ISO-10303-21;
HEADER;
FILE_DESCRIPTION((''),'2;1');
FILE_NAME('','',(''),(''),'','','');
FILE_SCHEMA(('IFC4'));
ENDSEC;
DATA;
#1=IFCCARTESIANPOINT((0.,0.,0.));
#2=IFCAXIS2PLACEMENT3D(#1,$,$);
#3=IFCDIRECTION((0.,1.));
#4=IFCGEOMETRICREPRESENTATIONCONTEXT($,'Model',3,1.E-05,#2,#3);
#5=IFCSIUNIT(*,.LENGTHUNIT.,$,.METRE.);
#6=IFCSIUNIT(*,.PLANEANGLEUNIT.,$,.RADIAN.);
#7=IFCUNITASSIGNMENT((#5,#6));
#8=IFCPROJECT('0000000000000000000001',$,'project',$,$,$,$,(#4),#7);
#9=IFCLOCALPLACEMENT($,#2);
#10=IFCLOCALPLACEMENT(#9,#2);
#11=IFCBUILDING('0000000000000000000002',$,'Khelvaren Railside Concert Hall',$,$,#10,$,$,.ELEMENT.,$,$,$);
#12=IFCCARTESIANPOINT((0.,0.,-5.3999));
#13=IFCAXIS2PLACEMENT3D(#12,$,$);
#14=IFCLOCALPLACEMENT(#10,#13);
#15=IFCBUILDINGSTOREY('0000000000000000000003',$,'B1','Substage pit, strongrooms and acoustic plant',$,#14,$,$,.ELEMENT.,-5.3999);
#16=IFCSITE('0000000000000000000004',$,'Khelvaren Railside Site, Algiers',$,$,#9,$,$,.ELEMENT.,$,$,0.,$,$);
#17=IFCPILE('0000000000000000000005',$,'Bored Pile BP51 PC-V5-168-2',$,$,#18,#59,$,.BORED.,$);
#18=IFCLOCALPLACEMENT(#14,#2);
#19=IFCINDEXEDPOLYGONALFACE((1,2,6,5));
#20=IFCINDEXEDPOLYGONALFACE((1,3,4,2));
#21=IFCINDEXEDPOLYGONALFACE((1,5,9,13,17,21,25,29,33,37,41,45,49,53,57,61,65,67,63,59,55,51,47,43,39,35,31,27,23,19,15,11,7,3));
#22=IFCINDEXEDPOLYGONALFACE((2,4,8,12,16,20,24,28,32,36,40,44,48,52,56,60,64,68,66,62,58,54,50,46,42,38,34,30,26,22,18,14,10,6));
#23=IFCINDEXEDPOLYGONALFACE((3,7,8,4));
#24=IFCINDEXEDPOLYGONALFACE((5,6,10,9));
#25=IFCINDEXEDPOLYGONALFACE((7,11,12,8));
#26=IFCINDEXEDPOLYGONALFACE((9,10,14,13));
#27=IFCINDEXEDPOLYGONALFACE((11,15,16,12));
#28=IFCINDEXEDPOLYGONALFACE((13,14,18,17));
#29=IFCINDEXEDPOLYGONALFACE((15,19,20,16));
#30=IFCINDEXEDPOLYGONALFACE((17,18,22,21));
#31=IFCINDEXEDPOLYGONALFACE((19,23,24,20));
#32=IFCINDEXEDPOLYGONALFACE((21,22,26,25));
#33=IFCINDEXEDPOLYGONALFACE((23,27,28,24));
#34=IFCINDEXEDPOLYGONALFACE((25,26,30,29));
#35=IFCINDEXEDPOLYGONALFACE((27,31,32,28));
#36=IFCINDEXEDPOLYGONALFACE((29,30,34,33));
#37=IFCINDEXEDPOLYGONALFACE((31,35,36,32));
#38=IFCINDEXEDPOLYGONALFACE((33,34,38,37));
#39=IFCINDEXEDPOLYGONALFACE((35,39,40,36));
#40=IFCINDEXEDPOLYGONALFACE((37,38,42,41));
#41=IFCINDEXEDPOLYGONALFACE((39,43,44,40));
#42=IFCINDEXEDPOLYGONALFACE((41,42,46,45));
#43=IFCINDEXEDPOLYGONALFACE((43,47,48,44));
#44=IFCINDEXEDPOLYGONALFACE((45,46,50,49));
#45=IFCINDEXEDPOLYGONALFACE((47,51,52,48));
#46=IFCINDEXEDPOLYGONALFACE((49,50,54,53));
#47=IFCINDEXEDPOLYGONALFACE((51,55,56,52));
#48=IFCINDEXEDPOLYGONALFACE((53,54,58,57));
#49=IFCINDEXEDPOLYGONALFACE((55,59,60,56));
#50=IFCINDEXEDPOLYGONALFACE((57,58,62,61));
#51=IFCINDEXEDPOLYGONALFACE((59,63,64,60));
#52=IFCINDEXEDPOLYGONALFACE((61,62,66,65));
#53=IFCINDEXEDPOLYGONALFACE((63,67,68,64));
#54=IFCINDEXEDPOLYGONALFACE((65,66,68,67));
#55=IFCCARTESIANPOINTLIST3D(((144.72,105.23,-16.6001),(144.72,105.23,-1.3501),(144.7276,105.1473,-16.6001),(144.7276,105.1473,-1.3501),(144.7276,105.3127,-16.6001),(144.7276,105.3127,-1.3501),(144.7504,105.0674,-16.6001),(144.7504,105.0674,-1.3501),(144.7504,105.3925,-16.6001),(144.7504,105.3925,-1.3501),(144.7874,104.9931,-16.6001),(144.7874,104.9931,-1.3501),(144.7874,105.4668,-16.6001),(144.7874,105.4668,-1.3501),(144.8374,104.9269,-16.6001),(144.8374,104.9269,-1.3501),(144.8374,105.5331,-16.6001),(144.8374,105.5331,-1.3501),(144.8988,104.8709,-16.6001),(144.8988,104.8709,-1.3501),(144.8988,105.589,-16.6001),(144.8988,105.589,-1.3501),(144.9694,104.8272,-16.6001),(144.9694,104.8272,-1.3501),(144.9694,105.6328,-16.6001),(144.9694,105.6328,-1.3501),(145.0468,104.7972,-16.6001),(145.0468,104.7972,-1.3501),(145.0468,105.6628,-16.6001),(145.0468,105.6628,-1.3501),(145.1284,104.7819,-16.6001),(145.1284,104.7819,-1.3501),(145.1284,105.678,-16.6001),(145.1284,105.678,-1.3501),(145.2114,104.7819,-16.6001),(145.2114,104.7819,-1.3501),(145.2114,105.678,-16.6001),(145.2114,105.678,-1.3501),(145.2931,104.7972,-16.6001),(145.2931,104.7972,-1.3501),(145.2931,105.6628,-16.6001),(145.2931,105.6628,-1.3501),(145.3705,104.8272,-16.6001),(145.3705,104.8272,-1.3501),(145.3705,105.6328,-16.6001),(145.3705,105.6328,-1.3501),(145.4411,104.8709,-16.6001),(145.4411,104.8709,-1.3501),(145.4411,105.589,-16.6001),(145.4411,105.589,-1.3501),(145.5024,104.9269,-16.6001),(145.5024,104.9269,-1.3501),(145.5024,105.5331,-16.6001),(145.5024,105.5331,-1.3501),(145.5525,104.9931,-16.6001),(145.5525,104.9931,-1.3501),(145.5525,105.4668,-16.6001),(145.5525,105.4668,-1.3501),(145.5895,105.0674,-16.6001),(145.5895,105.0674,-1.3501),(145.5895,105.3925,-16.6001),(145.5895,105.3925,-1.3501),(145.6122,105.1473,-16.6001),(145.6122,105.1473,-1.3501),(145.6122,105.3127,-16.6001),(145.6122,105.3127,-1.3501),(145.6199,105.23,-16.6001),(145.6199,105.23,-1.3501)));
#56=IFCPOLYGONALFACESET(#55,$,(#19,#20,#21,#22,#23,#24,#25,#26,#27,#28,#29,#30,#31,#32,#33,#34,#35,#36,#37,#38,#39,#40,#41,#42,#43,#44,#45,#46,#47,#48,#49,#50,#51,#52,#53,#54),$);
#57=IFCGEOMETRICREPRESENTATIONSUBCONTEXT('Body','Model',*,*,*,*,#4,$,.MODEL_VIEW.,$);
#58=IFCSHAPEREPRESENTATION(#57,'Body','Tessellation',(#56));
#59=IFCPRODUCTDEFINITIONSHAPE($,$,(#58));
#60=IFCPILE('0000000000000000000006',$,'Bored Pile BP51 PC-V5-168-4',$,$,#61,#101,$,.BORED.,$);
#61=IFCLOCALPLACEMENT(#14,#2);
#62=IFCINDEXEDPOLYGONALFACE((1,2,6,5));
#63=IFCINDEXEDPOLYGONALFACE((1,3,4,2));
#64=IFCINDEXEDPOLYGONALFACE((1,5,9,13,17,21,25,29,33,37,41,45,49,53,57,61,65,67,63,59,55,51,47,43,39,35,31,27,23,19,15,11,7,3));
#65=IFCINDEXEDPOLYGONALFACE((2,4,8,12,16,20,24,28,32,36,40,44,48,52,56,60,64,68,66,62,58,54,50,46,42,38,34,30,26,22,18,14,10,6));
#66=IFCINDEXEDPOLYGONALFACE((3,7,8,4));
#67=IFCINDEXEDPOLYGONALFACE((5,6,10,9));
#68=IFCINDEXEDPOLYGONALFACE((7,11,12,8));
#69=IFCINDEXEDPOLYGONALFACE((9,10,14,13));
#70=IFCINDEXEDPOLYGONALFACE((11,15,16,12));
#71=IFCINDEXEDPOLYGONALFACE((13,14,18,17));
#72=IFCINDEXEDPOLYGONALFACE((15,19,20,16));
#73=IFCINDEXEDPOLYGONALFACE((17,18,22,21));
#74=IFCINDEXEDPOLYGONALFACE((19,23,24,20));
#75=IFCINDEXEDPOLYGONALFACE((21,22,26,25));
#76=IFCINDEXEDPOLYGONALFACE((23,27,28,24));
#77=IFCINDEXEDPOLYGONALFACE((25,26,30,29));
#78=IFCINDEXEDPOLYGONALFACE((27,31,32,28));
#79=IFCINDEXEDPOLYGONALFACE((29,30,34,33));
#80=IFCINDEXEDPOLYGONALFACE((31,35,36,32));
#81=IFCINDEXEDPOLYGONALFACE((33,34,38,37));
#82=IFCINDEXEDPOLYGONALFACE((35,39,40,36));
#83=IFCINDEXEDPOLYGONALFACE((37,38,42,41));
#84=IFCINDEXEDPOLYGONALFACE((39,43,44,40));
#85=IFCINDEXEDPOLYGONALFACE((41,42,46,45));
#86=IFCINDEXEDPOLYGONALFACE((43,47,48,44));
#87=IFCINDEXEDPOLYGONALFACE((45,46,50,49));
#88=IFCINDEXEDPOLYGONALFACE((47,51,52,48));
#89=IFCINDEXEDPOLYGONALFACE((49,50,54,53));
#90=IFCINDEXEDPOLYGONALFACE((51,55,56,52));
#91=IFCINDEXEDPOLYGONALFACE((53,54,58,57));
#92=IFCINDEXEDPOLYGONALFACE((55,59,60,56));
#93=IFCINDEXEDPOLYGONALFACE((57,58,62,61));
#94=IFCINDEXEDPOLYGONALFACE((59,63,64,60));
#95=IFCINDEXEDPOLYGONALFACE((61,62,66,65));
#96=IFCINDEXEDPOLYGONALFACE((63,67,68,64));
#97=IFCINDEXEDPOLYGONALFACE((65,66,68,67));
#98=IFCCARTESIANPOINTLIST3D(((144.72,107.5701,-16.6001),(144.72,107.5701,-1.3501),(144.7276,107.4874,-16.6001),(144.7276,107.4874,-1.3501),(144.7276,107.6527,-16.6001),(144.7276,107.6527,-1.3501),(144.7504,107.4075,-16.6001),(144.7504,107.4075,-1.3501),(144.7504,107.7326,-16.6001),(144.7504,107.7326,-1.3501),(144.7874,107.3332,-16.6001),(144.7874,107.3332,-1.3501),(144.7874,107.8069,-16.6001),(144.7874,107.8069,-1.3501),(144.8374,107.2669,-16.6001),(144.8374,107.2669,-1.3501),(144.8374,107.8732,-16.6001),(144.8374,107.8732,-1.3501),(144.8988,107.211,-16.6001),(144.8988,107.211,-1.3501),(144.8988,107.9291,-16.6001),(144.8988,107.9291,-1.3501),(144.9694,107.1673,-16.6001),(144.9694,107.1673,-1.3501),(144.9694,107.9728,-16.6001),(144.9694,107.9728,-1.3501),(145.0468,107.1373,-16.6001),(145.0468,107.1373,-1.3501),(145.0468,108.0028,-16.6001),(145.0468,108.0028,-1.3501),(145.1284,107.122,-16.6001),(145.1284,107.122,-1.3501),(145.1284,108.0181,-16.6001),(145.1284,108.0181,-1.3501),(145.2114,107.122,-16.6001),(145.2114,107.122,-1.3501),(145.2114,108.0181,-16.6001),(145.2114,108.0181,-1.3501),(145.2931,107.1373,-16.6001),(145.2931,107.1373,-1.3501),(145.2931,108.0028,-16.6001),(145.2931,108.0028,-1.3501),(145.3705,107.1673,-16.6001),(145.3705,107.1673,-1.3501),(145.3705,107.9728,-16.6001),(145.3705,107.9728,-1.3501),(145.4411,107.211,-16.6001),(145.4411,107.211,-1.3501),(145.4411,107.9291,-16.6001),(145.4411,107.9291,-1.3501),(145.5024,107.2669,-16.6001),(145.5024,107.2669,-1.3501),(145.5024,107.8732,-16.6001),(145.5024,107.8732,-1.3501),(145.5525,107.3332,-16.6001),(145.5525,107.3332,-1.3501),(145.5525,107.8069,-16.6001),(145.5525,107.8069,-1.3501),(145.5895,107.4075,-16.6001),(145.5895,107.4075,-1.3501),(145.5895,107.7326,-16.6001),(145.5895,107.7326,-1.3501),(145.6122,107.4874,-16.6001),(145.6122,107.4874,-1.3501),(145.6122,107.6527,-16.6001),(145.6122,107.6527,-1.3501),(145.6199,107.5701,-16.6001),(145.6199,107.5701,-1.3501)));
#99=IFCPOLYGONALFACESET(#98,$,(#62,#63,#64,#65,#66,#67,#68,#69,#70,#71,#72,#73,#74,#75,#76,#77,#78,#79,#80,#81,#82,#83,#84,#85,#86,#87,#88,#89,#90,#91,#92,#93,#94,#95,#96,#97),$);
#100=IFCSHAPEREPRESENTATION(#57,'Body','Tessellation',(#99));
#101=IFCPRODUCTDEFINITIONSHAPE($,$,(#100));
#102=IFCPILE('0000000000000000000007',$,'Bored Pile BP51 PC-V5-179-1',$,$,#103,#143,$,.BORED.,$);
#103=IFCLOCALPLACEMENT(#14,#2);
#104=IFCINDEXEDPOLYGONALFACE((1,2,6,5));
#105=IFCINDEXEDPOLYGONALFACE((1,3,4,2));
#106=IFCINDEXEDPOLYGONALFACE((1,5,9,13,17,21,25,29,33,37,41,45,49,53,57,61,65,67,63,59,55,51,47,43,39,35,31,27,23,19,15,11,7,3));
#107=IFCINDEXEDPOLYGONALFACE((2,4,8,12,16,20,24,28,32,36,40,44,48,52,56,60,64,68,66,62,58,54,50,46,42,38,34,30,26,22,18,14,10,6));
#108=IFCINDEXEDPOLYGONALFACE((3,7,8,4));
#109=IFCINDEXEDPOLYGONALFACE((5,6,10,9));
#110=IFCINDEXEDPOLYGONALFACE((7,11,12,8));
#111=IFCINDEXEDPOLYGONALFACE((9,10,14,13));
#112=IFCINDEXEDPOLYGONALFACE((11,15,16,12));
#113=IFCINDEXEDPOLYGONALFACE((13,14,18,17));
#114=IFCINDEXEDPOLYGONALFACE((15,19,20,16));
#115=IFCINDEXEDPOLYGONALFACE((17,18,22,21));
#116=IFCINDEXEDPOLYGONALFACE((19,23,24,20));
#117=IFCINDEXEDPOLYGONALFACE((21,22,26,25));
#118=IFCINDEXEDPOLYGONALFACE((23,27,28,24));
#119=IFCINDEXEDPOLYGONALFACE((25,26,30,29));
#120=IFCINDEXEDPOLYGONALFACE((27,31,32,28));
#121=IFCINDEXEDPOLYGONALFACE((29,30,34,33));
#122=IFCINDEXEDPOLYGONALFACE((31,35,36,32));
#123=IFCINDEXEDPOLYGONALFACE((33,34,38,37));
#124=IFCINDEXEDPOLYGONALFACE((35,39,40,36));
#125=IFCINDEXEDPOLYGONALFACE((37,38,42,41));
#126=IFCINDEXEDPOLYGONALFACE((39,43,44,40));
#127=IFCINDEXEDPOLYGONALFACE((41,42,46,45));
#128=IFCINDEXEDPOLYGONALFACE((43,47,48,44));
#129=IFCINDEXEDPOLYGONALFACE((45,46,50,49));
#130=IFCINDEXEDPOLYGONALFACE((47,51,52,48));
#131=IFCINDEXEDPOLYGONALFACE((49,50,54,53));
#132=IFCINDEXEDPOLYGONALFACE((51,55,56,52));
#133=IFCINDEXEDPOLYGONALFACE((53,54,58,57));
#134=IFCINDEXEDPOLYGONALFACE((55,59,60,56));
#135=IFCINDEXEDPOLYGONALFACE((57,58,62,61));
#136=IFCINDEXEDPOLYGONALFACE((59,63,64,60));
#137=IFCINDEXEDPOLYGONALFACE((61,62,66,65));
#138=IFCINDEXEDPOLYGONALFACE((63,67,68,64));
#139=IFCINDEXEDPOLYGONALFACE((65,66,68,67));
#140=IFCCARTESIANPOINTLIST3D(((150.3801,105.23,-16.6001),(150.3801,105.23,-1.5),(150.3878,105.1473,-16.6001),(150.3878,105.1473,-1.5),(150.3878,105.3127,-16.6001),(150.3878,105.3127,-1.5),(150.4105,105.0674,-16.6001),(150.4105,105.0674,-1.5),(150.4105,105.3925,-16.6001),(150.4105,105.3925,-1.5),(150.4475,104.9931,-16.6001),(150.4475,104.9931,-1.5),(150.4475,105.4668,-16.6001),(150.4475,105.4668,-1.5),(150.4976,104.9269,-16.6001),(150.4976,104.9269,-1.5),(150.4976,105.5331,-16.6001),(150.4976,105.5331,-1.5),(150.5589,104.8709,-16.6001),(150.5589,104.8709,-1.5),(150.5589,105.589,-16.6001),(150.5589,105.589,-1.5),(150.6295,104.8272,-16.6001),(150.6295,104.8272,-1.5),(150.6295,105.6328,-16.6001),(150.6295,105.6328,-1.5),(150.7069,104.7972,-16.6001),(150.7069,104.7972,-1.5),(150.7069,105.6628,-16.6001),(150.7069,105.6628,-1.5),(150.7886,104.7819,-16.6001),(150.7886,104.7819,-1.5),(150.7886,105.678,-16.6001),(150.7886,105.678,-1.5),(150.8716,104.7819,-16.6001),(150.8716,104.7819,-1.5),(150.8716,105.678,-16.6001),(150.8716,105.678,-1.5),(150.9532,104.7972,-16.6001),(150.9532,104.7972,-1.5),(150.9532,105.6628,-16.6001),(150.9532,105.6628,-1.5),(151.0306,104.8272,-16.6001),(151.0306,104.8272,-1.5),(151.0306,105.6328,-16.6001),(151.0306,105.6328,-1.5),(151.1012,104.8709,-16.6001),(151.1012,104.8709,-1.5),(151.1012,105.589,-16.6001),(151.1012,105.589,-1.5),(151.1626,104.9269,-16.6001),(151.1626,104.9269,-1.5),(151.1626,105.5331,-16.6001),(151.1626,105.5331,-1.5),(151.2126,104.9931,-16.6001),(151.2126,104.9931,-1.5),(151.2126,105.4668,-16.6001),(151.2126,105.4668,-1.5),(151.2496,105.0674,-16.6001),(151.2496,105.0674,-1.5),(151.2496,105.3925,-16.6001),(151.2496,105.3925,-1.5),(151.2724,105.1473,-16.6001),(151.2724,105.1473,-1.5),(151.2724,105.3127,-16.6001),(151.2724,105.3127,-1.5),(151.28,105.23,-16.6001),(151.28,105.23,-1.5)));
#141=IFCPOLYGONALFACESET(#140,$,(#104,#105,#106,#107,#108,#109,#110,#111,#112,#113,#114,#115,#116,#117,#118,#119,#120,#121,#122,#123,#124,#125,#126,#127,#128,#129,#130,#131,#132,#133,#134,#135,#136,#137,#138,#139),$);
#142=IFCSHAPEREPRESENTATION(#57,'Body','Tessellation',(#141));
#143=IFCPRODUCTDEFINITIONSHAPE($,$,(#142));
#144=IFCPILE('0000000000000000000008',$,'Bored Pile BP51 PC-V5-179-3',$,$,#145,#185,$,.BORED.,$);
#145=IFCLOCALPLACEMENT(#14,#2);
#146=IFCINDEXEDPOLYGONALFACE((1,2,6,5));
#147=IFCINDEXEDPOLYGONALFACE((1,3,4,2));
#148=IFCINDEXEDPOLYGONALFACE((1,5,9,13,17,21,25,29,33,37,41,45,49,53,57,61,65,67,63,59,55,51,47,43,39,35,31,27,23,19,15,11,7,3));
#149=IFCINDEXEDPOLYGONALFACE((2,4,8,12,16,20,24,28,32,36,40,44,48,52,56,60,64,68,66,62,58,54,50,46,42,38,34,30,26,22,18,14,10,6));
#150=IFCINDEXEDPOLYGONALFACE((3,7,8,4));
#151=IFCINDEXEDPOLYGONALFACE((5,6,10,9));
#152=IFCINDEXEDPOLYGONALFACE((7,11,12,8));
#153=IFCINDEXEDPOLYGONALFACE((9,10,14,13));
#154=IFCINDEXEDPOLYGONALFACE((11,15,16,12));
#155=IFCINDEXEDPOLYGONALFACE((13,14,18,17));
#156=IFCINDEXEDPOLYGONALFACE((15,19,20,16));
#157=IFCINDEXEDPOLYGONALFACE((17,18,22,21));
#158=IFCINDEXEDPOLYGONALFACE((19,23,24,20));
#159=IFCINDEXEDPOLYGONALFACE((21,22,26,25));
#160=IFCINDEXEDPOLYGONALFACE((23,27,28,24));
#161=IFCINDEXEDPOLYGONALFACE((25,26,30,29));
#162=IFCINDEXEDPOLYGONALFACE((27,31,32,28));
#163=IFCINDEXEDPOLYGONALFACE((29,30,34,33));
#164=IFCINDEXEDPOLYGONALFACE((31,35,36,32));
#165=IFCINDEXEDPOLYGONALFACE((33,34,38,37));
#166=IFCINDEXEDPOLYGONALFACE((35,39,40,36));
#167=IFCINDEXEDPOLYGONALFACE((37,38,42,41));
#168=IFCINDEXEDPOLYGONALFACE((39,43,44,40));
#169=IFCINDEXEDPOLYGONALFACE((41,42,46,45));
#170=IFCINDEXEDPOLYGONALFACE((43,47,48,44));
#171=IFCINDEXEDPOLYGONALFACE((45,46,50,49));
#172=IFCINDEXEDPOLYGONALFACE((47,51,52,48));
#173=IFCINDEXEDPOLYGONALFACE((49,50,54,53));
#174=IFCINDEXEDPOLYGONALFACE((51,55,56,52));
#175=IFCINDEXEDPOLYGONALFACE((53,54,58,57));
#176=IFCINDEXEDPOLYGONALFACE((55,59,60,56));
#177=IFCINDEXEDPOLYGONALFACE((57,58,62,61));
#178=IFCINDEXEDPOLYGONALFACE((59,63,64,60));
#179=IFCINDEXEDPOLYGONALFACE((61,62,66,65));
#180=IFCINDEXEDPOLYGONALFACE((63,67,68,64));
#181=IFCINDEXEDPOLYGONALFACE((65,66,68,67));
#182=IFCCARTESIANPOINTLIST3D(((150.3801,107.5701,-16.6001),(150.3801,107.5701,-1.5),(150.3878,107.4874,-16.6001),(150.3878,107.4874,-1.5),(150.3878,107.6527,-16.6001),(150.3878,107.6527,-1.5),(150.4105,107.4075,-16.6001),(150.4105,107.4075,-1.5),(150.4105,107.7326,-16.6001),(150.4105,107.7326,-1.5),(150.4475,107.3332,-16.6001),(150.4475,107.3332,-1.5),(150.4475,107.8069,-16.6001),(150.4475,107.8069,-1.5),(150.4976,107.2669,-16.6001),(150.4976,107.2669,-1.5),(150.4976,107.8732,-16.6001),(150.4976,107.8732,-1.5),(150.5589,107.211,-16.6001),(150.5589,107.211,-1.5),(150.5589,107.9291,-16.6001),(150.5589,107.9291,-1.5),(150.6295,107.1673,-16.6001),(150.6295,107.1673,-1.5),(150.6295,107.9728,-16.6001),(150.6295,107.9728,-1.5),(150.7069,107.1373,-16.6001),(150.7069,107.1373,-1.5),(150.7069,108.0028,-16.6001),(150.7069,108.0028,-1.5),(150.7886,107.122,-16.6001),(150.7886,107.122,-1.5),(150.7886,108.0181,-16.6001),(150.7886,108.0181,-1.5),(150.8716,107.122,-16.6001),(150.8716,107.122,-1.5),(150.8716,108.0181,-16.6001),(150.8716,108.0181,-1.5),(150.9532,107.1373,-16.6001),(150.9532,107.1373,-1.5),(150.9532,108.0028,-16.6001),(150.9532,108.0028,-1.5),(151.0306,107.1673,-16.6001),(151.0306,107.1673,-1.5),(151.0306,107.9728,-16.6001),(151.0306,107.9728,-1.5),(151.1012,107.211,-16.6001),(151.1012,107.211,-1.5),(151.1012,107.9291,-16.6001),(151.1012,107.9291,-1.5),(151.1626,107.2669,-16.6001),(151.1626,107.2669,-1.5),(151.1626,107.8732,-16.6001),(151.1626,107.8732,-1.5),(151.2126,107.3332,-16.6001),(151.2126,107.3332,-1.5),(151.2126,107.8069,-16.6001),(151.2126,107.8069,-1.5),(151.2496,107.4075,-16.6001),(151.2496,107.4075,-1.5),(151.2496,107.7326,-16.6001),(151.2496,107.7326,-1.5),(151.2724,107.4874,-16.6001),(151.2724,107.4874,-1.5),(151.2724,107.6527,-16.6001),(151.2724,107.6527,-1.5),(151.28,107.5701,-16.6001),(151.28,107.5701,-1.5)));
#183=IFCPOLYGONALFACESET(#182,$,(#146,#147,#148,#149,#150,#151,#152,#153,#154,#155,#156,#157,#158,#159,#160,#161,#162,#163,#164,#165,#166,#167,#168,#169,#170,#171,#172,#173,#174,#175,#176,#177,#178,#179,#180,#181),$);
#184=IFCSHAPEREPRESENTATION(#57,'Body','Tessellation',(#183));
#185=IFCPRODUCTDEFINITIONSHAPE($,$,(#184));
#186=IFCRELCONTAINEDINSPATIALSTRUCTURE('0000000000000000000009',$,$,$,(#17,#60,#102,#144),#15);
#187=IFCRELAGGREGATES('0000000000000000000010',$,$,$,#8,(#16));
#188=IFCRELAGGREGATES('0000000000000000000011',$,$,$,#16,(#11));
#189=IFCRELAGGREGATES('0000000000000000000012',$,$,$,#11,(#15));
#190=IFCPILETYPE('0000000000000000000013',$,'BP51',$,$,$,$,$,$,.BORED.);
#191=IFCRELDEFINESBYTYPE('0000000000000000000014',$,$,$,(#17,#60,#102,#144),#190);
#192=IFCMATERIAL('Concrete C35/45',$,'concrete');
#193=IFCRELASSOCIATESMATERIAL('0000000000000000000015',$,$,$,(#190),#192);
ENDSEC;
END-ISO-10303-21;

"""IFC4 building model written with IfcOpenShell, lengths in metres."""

from ifc_helpers import new_model, si_unit, direction, frame, origin, origin_2d, place, context, subcontext, project, spatial, circle, extrude, material, material_profile, profile_set, type_object, element, save


model = new_model("IFC4")

# Units and contexts
model_context = context("Model", 3, precision=1e-05, world=origin(), true_north=direction((0.0, 1.0)))
body_context = subcontext(model_context, "Body", "Model", "MODEL_VIEW")
ifc_project = project(units=[si_unit("LENGTHUNIT", "METRE"), si_unit("PLANEANGLEUNIT", "RADIAN")], contexts=[model_context])

# Site, building, storey
site_placement = place(None, origin())
site = spatial("IfcSite", under=ifc_project, at=site_placement, Name="Khelvaren Railside Site, Algiers", CompositionType="ELEMENT", RefElevation=0.0)
building_placement = place(site_placement, origin())
building = spatial("IfcBuilding", under=site, at=building_placement, Name="Khelvaren Railside Concert Hall", CompositionType="ELEMENT")
storey_placement = place(building_placement, frame((0.0, 0.0, -5.3999)))
storey = spatial("IfcBuildingStorey", under=building, at=storey_placement, Name="B1", Description="Substage pit, strongrooms and acoustic plant", CompositionType="ELEMENT", Elevation=-5.3999)

# Piles
ifc_material_1 = material(Name="Concrete C35/45", Category="concrete")
ifc_material_profile_1 = material_profile(ifc_material_1, circle(Radius=0.45, at=origin_2d()), Name="BP D900")
ifc_profile_set_1 = profile_set([ifc_material_profile_1], Name="Concrete C35/45")
pile_type_1 = type_object("IfcPileType", Name="BP51", PredefinedType="BORED", material=ifc_profile_set_1)
for number, where, z_axis, x_axis, name in (
    (1, (145.1699, 105.23, -1.3501), (0.0, 0.0, -1.0), (1.0, 0.0, 0.0), "Bored Pile BP51 PC-V5-168-2"),
    (2, (145.1699, 107.5701, -1.3501), (0.0, 0.0, -1.0), (1.0, 0.0, 0.0), "Bored Pile BP51 PC-V5-168-4"),
):
    element("IfcPile", number, at=place(storey_placement, frame(where, z_axis=z_axis, x_axis=x_axis)), inside=storey, type_object=pile_type_1, Name=name, PredefinedType="BORED", context=body_context, shape_type="SweptSolid", body=[
        extrude(circle(Radius=0.45, at=origin_2d()), origin(), (0.0, 0.0, 1.0), 15.25),
    ])
for number, where, z_axis, x_axis, name in (
    (3, (150.8301, 105.23, -1.5), (0.0, 0.0, -1.0), (1.0, 0.0, 0.0), "Bored Pile BP51 PC-V5-179-1"),
    (4, (150.8301, 107.5701, -1.5), (0.0, 0.0, -1.0), (1.0, 0.0, 0.0), "Bored Pile BP51 PC-V5-179-3"),
):
    element("IfcPile", number, at=place(storey_placement, frame(where, z_axis=z_axis, x_axis=x_axis)), inside=storey, type_object=pile_type_1, Name=name, PredefinedType="BORED", context=body_context, shape_type="SweptSolid", body=[
        extrude(circle(Radius=0.45, at=origin_2d()), origin(), (0.0, 0.0, 1.0), 15.1001),
    ])

save(model, "model.ifc")
